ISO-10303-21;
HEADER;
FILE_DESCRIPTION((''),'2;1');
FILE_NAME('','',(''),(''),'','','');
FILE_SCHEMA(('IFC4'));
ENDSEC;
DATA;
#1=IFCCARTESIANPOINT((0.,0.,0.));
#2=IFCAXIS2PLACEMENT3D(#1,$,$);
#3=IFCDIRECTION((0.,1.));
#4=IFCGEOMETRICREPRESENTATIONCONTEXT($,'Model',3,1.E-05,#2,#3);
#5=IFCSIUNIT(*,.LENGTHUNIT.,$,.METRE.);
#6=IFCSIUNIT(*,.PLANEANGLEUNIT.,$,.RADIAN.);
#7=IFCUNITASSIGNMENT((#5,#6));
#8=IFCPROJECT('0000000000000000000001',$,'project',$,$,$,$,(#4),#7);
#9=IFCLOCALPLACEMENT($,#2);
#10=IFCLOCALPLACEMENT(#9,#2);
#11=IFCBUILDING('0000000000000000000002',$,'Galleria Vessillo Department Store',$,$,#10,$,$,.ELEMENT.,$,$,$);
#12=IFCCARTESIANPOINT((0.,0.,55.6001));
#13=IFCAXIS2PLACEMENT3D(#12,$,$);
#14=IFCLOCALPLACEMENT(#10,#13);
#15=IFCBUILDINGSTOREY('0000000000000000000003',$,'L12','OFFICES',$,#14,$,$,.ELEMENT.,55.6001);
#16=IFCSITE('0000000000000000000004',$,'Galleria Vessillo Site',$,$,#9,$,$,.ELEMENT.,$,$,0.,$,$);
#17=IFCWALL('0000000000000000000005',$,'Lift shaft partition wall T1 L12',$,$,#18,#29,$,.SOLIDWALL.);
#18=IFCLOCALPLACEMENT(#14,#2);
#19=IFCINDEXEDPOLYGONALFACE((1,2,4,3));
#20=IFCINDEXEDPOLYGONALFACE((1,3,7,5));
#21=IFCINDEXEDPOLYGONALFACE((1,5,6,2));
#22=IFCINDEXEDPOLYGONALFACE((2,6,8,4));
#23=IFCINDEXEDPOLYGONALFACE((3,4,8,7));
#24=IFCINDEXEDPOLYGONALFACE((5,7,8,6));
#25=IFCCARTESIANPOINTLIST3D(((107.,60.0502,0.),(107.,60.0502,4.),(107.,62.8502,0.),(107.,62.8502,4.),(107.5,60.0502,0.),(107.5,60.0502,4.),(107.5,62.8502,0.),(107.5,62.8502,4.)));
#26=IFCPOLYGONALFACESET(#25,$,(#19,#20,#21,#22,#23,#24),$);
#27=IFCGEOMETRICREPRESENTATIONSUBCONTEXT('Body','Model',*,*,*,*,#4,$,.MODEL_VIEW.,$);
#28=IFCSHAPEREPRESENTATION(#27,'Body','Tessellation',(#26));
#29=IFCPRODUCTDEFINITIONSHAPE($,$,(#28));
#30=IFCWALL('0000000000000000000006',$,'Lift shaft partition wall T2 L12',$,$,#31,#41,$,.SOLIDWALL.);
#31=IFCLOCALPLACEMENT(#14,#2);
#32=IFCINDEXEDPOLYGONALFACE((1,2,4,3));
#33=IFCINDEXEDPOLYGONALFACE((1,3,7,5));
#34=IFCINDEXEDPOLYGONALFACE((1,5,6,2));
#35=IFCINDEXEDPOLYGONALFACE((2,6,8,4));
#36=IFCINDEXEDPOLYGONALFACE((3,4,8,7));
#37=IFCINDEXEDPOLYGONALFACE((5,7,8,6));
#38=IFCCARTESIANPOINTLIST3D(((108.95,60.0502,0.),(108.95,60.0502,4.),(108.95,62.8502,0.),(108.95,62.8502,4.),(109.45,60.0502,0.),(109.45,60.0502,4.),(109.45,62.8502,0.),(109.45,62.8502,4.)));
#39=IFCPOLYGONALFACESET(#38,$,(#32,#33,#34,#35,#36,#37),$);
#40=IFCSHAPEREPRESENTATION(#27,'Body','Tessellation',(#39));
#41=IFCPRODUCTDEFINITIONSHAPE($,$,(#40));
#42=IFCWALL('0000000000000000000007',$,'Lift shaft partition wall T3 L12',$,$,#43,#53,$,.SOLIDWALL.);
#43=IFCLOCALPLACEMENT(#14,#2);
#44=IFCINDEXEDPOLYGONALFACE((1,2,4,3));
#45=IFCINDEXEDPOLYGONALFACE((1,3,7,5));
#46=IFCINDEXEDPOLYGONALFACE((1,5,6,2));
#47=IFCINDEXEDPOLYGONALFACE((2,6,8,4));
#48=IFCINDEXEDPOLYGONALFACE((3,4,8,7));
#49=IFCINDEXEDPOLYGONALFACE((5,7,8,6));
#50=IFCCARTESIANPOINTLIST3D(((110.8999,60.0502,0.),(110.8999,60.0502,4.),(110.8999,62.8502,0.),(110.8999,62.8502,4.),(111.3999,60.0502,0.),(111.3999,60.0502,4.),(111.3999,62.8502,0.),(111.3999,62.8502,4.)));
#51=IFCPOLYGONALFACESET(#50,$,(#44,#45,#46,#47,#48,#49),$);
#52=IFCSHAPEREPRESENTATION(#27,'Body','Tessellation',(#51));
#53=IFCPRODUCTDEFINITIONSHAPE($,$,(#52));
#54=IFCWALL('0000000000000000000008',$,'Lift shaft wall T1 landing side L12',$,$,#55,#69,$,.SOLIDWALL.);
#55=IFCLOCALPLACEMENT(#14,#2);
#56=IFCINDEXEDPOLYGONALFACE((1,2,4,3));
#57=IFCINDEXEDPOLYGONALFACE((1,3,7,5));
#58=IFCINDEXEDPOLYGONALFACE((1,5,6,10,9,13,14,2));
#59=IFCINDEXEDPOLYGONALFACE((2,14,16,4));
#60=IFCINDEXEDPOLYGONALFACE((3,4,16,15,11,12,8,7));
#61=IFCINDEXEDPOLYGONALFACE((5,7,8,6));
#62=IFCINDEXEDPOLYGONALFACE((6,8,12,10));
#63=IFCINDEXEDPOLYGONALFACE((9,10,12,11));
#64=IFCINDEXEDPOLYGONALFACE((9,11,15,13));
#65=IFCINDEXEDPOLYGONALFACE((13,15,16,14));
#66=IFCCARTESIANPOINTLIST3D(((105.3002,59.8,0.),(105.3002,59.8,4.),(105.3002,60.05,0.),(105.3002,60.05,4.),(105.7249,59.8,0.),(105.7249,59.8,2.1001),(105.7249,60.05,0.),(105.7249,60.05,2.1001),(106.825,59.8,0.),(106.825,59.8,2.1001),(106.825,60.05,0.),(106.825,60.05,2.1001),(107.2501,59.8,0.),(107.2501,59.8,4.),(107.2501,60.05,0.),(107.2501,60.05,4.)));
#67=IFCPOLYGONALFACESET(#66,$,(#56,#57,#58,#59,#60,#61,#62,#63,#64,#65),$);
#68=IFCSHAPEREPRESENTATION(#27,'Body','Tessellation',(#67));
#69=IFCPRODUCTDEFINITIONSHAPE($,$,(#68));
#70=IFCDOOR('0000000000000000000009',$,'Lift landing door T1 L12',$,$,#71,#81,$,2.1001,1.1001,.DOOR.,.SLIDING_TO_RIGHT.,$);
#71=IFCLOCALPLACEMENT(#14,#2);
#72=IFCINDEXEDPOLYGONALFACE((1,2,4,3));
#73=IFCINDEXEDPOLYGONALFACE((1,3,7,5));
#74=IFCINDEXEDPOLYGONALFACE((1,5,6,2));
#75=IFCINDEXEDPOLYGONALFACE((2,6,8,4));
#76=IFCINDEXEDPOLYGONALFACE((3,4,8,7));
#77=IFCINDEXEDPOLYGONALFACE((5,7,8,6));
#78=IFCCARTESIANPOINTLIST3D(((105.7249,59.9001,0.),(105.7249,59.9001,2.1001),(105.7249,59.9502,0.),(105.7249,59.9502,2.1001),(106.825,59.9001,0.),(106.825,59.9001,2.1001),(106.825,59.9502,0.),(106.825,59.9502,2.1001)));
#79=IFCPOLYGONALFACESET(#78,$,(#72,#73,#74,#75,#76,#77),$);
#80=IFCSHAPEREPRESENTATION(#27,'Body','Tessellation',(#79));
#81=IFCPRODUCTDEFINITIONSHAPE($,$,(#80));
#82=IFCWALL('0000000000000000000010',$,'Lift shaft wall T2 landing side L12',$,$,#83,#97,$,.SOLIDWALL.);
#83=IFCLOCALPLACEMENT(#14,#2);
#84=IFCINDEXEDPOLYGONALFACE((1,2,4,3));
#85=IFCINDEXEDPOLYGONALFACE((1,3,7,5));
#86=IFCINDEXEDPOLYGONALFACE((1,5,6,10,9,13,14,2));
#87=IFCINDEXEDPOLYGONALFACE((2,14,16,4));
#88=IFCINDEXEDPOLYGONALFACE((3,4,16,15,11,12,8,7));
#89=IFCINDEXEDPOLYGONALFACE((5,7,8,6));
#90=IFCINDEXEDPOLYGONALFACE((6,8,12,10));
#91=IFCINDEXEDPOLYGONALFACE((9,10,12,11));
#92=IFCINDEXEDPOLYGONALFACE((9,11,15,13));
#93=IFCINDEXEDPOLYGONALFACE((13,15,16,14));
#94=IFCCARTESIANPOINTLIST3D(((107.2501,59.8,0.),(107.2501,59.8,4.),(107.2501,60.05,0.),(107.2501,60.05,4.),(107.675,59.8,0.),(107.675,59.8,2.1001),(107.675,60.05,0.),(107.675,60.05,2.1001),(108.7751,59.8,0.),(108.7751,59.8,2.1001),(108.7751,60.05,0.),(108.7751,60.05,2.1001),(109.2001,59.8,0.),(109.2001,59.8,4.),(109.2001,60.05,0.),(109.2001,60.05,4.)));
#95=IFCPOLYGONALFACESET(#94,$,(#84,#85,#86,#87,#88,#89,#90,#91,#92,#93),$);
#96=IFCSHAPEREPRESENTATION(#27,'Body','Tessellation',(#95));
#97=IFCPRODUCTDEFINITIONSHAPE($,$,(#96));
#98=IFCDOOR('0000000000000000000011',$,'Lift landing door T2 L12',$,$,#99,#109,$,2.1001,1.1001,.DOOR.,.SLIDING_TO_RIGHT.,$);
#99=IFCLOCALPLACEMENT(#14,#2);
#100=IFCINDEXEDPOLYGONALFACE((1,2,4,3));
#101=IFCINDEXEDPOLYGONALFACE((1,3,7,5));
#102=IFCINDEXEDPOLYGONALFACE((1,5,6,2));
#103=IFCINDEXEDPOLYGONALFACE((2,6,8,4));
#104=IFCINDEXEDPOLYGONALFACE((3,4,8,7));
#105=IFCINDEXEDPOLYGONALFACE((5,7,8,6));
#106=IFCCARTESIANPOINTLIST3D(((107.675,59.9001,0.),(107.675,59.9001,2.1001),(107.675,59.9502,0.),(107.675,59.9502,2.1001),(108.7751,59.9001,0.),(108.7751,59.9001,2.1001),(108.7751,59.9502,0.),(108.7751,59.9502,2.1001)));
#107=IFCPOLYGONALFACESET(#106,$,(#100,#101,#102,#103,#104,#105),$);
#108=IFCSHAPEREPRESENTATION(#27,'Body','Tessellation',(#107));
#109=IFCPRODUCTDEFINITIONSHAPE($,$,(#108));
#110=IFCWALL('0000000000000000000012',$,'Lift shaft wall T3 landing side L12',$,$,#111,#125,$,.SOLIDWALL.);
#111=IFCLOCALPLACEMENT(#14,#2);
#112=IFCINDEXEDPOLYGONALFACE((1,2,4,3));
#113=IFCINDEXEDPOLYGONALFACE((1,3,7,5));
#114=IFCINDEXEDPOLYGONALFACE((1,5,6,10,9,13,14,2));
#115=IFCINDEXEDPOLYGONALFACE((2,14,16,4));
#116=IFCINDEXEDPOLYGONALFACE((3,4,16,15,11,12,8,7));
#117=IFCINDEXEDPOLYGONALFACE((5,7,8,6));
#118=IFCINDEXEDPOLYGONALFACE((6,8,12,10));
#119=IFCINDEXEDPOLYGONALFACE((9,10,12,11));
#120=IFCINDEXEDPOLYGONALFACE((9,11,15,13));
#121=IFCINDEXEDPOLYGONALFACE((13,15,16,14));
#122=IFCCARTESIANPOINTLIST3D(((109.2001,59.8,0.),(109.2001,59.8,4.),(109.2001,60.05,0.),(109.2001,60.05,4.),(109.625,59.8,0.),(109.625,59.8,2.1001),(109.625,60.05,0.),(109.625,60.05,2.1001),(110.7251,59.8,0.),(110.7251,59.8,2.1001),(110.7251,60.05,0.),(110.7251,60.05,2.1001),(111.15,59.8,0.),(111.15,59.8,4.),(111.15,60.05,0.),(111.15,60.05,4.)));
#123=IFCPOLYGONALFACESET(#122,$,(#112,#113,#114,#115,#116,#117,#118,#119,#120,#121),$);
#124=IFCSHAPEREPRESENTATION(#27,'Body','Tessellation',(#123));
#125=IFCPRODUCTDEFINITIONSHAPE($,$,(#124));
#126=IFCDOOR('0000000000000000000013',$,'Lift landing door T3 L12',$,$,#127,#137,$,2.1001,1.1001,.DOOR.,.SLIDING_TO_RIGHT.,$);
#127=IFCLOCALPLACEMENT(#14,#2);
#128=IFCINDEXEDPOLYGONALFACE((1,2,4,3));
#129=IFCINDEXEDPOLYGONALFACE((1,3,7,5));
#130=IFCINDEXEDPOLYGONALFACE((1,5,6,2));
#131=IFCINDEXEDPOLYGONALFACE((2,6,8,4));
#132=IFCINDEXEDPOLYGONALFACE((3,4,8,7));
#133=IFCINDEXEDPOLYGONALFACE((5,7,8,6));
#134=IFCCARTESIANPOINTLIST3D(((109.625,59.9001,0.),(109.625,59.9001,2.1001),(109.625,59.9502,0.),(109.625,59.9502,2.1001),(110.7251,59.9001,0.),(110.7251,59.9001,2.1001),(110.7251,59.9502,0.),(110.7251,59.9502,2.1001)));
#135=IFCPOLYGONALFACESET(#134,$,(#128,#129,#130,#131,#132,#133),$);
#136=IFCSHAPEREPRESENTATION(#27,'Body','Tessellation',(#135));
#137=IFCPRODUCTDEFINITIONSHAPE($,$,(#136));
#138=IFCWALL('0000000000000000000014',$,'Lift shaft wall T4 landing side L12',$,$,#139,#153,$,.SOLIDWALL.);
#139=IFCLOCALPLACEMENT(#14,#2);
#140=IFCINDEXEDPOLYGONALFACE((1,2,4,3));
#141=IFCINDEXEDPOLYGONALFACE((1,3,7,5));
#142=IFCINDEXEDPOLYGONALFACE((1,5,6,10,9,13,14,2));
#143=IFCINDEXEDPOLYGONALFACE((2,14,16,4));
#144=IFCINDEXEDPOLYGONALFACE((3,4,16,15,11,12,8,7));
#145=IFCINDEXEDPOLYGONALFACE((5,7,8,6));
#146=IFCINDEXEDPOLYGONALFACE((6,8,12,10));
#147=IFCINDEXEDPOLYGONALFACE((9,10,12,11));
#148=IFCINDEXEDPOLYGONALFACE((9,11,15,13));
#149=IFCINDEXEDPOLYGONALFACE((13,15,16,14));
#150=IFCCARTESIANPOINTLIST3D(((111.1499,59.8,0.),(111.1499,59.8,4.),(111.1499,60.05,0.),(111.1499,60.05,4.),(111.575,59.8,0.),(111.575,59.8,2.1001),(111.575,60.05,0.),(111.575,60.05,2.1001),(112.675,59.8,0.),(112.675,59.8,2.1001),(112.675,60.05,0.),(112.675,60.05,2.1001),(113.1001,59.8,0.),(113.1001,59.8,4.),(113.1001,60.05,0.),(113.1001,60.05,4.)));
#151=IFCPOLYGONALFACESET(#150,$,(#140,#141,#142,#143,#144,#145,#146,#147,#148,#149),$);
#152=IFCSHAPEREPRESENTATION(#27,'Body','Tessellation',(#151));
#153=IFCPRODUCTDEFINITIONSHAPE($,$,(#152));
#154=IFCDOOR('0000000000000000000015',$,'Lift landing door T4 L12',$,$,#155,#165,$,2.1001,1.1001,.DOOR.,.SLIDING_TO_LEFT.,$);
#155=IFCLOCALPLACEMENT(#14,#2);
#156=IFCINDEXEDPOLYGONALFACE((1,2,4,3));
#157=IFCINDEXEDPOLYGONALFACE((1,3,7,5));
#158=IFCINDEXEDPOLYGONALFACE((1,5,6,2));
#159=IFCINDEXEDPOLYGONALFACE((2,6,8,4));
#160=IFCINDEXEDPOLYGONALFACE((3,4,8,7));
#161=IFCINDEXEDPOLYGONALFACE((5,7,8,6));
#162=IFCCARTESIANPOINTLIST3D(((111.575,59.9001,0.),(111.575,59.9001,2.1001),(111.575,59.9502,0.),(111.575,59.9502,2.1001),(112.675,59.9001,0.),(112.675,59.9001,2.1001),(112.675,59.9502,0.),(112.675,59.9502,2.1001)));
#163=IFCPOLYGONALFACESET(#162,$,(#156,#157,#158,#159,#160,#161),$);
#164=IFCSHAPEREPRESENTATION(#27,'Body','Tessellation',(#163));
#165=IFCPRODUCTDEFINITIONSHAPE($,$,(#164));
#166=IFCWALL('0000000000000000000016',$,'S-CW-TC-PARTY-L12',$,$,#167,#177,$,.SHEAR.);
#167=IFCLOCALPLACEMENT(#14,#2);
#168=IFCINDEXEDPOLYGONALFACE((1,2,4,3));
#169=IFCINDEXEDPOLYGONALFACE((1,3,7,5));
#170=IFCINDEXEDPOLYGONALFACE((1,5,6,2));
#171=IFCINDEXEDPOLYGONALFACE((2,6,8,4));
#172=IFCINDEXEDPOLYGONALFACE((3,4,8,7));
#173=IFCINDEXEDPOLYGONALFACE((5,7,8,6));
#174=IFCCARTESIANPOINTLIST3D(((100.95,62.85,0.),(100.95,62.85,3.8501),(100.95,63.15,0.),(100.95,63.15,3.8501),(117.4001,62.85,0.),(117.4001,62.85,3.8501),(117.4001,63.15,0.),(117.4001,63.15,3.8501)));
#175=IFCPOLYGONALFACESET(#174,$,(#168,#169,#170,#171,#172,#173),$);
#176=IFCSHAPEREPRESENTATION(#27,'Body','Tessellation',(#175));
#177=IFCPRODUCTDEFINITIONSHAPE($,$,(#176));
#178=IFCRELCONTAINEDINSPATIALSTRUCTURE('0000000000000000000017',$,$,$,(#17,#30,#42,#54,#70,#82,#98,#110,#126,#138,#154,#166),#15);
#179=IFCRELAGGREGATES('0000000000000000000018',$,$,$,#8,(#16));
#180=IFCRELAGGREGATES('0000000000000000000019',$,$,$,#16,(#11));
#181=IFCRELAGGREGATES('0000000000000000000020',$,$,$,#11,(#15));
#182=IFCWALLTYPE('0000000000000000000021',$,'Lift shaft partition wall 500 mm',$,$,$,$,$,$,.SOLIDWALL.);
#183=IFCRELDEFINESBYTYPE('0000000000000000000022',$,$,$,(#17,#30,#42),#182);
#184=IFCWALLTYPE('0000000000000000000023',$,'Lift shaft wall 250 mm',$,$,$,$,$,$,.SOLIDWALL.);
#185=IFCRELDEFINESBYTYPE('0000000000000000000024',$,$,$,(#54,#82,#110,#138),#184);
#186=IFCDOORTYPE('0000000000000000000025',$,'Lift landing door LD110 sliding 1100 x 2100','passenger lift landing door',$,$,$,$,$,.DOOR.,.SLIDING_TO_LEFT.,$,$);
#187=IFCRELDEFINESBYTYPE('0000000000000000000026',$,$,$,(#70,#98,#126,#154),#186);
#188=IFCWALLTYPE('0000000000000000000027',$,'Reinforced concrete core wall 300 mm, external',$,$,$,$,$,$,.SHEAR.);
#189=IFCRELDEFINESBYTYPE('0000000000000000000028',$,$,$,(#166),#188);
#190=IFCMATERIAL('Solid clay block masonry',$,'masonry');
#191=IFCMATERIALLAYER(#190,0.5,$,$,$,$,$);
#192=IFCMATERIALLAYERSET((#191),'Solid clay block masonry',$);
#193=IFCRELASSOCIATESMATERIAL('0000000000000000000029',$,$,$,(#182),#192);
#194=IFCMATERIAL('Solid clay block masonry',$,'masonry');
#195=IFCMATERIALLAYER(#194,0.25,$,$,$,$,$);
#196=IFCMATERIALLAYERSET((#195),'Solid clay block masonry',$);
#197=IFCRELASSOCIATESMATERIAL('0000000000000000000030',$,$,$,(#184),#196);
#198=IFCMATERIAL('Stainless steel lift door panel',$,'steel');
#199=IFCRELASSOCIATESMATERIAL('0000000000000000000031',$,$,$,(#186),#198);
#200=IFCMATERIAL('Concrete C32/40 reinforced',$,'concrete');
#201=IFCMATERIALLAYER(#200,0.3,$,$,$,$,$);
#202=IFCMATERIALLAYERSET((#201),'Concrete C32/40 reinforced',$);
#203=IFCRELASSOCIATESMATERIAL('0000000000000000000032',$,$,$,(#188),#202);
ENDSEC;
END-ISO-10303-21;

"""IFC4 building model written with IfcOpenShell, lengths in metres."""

from ifc_helpers import new_model, si_unit, direction, frame, frame_2d, origin, place, context, subcontext, project, spatial, rectangle, extrude, material, layer, layer_set, type_object, element, fill, save


model = new_model("IFC4")

# Units and contexts
model_context = context("Model", 3, precision=1e-05, world=origin(), true_north=direction((0.0, 1.0)))
body_context = subcontext(model_context, "Body", "Model", "MODEL_VIEW")
ifc_project = project(units=[si_unit("LENGTHUNIT", "METRE"), si_unit("PLANEANGLEUNIT", "RADIAN")], contexts=[model_context])

# Site, building, storey
site_placement = place(None, origin())
site = spatial("IfcSite", under=ifc_project, at=site_placement, Name="Galleria Vessillo Site", CompositionType="ELEMENT", RefElevation=0.0)
building_placement = place(site_placement, origin())
building = spatial("IfcBuilding", under=site, at=building_placement, Name="Galleria Vessillo Department Store", CompositionType="ELEMENT")
storey_placement = place(building_placement, frame((0.0, 0.0, 55.6001)))
storey = spatial("IfcBuildingStorey", under=building, at=storey_placement, Name="L12", Description="OFFICES", CompositionType="ELEMENT", Elevation=55.6001)

# Walls
ifc_material_1 = material(Name="Solid clay block masonry", Category="masonry")
ifc_layer_1 = layer(ifc_material_1, 0.5)
ifc_layer_set_1 = layer_set([ifc_layer_1], Name="Solid clay block masonry")
wall_type_1 = type_object("IfcWallType", Name="Lift shaft partition wall 500 mm", PredefinedType="SOLIDWALL", material=ifc_layer_set_1)
for number, where, z_axis, x_axis, name in (
    (1, (107.25, 62.8501, 0.0), (0.0, 0.0, 1.0), (0.0, -1.0, 0.0), "Lift shaft partition wall T1 L12"),
    (2, (109.2, 62.8501, 0.0), (0.0, 0.0, 1.0), (0.0, -1.0, 0.0), "Lift shaft partition wall T2 L12"),
    (3, (111.1499, 62.8501, 0.0), (0.0, 0.0, 1.0), (0.0, -1.0, 0.0), "Lift shaft partition wall T3 L12"),
):
    element("IfcWall", number, at=place(storey_placement, frame(where, z_axis=z_axis, x_axis=x_axis)), inside=storey, type_object=wall_type_1, Name=name, PredefinedType="SOLIDWALL", context=body_context, shape_type="SweptSolid", body=[
        extrude(rectangle(XDim=2.8, YDim=0.5, at=frame_2d((1.3999, 0.0))), origin(), (0.0, 0.0, 1.0), 4.0),
    ])

# Walls, openings, doors
ifc_material_2 = material(Name="Solid clay block masonry", Category="masonry")
ifc_layer_2 = layer(ifc_material_2, 0.25)
ifc_layer_set_2 = layer_set([ifc_layer_2], Name="Solid clay block masonry")
wall_type_2 = type_object("IfcWallType", Name="Lift shaft wall 250 mm", PredefinedType="SOLIDWALL", material=ifc_layer_set_2)
wall_1_placement = place(storey_placement, frame((105.3, 59.925, 0.0), z_axis=(0.0, 0.0, 1.0), x_axis=(1.0, 0.0, 0.0)))
wall_1 = element("IfcWall", 4, at=wall_1_placement, inside=storey, type_object=wall_type_2, Name="Lift shaft wall T1 landing side L12", PredefinedType="SOLIDWALL", context=body_context, shape_type="SweptSolid", body=[
    extrude(rectangle(XDim=1.95, YDim=0.25, at=frame_2d((0.9751, 0.0))), origin(), (0.0, 0.0, 1.0), 4.0),
])
opening_1_placement = place(wall_1_placement, frame((0.4248, 0.0, 0.0)))
opening_1 = element("IfcOpeningElement", 5, at=opening_1_placement, cuts=wall_1, PredefinedType="OPENING", context=body_context, shape_type="SweptSolid", body=[
    extrude(rectangle(XDim=1.1001, YDim=2.1001, at=frame_2d((0.55, 1.05))), frame((0.0, 0.135, 0.0), z_axis=(0.0, -1.0, 0.0), x_axis=(1.0, 0.0, 0.0)), (0.0, 0.0, 1.0), 0.27),
])
ifc_material_3 = material(Name="Stainless steel lift door panel", Category="steel")
door_type_1 = type_object("IfcDoorType", Name="Lift landing door LD110 sliding 1100 x 2100", Description="passenger lift landing door", OperationType="SLIDING_TO_LEFT", PredefinedType="DOOR", material=ifc_material_3)
door_1_placement = place(opening_1_placement, frame((1.1001, 0.0, 0.0), z_axis=(0.0, 0.0, 1.0), x_axis=(-1.0, 0.0, 0.0)))
door_1 = element("IfcDoor", 6, at=door_1_placement, inside=storey, type_object=door_type_1, Name="Lift landing door T1 L12", OperationType="SLIDING_TO_RIGHT", OverallHeight=2.1001, OverallWidth=1.1001, PredefinedType="DOOR", context=body_context, shape_type="SweptSolid", body=[
    extrude(rectangle(XDim=1.1001, YDim=2.1001, at=frame_2d((0.55, 1.05))), frame((0.0, 0.0249, 0.0), z_axis=(0.0, -1.0, 0.0), x_axis=(1.0, 0.0, 0.0)), (0.0, 0.0, 1.0), 0.05),
])
fill(opening_1, door_1)
wall_2_placement = place(storey_placement, frame((107.25, 59.925, 0.0), z_axis=(0.0, 0.0, 1.0), x_axis=(1.0, 0.0, 0.0)))
wall_2 = element("IfcWall", 7, at=wall_2_placement, inside=storey, type_object=wall_type_2, Name="Lift shaft wall T2 landing side L12", PredefinedType="SOLIDWALL", context=body_context, shape_type="SweptSolid", body=[
    extrude(rectangle(XDim=1.95, YDim=0.25, at=frame_2d((0.9751, 0.0))), origin(), (0.0, 0.0, 1.0), 4.0),
])
opening_2_placement = place(wall_2_placement, frame((0.425, 0.0, 0.0)))
opening_2 = element("IfcOpeningElement", 8, at=opening_2_placement, cuts=wall_2, PredefinedType="OPENING", context=body_context, shape_type="SweptSolid", body=[
    extrude(rectangle(XDim=1.1001, YDim=2.1001, at=frame_2d((0.55, 1.05))), frame((0.0, 0.135, 0.0), z_axis=(0.0, -1.0, 0.0), x_axis=(1.0, 0.0, 0.0)), (0.0, 0.0, 1.0), 0.27),
])
door_2_placement = place(opening_2_placement, frame((1.1001, 0.0, 0.0), z_axis=(0.0, 0.0, 1.0), x_axis=(-1.0, 0.0, 0.0)))
door_2 = element("IfcDoor", 9, at=door_2_placement, inside=storey, type_object=door_type_1, Name="Lift landing door T2 L12", OperationType="SLIDING_TO_RIGHT", OverallHeight=2.1001, OverallWidth=1.1001, PredefinedType="DOOR", context=body_context, shape_type="SweptSolid", body=[
    extrude(rectangle(XDim=1.1001, YDim=2.1001, at=frame_2d((0.55, 1.05))), frame((0.0, 0.0249, 0.0), z_axis=(0.0, -1.0, 0.0), x_axis=(1.0, 0.0, 0.0)), (0.0, 0.0, 1.0), 0.05),
])
fill(opening_2, door_2)
wall_3_placement = place(storey_placement, frame((109.2, 59.925, 0.0), z_axis=(0.0, 0.0, 1.0), x_axis=(1.0, 0.0, 0.0)))
wall_3 = element("IfcWall", 10, at=wall_3_placement, inside=storey, type_object=wall_type_2, Name="Lift shaft wall T3 landing side L12", PredefinedType="SOLIDWALL", context=body_context, shape_type="SweptSolid", body=[
    extrude(rectangle(XDim=1.95, YDim=0.25, at=frame_2d((0.9751, 0.0))), origin(), (0.0, 0.0, 1.0), 4.0),
])
opening_3_placement = place(wall_3_placement, frame((0.425, 0.0, 0.0)))
opening_3 = element("IfcOpeningElement", 11, at=opening_3_placement, cuts=wall_3, PredefinedType="OPENING", context=body_context, shape_type="SweptSolid", body=[
    extrude(rectangle(XDim=1.1001, YDim=2.1001, at=frame_2d((0.55, 1.05))), frame((0.0, 0.135, 0.0), z_axis=(0.0, -1.0, 0.0), x_axis=(1.0, 0.0, 0.0)), (0.0, 0.0, 1.0), 0.27),
])
door_3_placement = place(opening_3_placement, frame((1.1001, 0.0, 0.0), z_axis=(0.0, 0.0, 1.0), x_axis=(-1.0, 0.0, 0.0)))
door_3 = element("IfcDoor", 12, at=door_3_placement, inside=storey, type_object=door_type_1, Name="Lift landing door T3 L12", OperationType="SLIDING_TO_RIGHT", OverallHeight=2.1001, OverallWidth=1.1001, PredefinedType="DOOR", context=body_context, shape_type="SweptSolid", body=[
    extrude(rectangle(XDim=1.1001, YDim=2.1001, at=frame_2d((0.55, 1.05))), frame((0.0, 0.0249, 0.0), z_axis=(0.0, -1.0, 0.0), x_axis=(1.0, 0.0, 0.0)), (0.0, 0.0, 1.0), 0.05),
])
fill(opening_3, door_3)
wall_4_placement = place(storey_placement, frame((111.1499, 59.925, 0.0), z_axis=(0.0, 0.0, 1.0), x_axis=(1.0, 0.0, 0.0)))
wall_4 = element("IfcWall", 13, at=wall_4_placement, inside=storey, type_object=wall_type_2, Name="Lift shaft wall T4 landing side L12", PredefinedType="SOLIDWALL", context=body_context, shape_type="SweptSolid", body=[
    extrude(rectangle(XDim=1.9502, YDim=0.25, at=frame_2d((0.9751, 0.0))), origin(), (0.0, 0.0, 1.0), 4.0),
])
opening_4_placement = place(wall_4_placement, frame((0.425, 0.0, 0.0)))
opening_4 = element("IfcOpeningElement", 14, at=opening_4_placement, cuts=wall_4, PredefinedType="OPENING", context=body_context, shape_type="SweptSolid", body=[
    extrude(rectangle(XDim=1.1001, YDim=2.1001, at=frame_2d((0.55, 1.05))), frame((0.0, 0.135, 0.0), z_axis=(0.0, -1.0, 0.0), x_axis=(1.0, 0.0, 0.0)), (0.0, 0.0, 1.0), 0.27),
])
door_4_placement = place(opening_4_placement, frame((1.1001, 0.0, 0.0), z_axis=(0.0, 0.0, 1.0), x_axis=(-1.0, 0.0, 0.0)))
door_4 = element("IfcDoor", 15, at=door_4_placement, inside=storey, type_object=door_type_1, Name="Lift landing door T4 L12", OperationType="SLIDING_TO_LEFT", OverallHeight=2.1001, OverallWidth=1.1001, PredefinedType="DOOR", context=body_context, shape_type="SweptSolid", body=[
    extrude(rectangle(XDim=1.1001, YDim=2.1001, at=frame_2d((0.55, 1.05))), frame((0.0, 0.0249, 0.0), z_axis=(0.0, -1.0, 0.0), x_axis=(1.0, 0.0, 0.0)), (0.0, 0.0, 1.0), 0.05),
])
fill(opening_4, door_4)

# Wall
ifc_material_4 = material(Name="Concrete C32/40 reinforced", Category="concrete")
ifc_layer_3 = layer(ifc_material_4, 0.3)
ifc_layer_set_3 = layer_set([ifc_layer_3], Name="Concrete C32/40 reinforced")
wall_type_3 = type_object("IfcWallType", Name="Reinforced concrete core wall 300 mm, external", PredefinedType="SHEAR", material=ifc_layer_set_3)
wall_5_placement = place(storey_placement, frame((100.95, 63.0, 0.0), z_axis=(0.0, 0.0, 1.0), x_axis=(1.0, 0.0, 0.0)))
element("IfcWall", 16, at=wall_5_placement, inside=storey, type_object=wall_type_3, Name="S-CW-TC-PARTY-L12", PredefinedType="SHEAR", context=body_context, shape_type="SweptSolid", body=[
    extrude(rectangle(XDim=16.4502, YDim=0.3, at=frame_2d((8.2251, 0.0))), origin(), (0.0, 0.0, 1.0), 3.8501),
])

save(model, "model.ifc")
